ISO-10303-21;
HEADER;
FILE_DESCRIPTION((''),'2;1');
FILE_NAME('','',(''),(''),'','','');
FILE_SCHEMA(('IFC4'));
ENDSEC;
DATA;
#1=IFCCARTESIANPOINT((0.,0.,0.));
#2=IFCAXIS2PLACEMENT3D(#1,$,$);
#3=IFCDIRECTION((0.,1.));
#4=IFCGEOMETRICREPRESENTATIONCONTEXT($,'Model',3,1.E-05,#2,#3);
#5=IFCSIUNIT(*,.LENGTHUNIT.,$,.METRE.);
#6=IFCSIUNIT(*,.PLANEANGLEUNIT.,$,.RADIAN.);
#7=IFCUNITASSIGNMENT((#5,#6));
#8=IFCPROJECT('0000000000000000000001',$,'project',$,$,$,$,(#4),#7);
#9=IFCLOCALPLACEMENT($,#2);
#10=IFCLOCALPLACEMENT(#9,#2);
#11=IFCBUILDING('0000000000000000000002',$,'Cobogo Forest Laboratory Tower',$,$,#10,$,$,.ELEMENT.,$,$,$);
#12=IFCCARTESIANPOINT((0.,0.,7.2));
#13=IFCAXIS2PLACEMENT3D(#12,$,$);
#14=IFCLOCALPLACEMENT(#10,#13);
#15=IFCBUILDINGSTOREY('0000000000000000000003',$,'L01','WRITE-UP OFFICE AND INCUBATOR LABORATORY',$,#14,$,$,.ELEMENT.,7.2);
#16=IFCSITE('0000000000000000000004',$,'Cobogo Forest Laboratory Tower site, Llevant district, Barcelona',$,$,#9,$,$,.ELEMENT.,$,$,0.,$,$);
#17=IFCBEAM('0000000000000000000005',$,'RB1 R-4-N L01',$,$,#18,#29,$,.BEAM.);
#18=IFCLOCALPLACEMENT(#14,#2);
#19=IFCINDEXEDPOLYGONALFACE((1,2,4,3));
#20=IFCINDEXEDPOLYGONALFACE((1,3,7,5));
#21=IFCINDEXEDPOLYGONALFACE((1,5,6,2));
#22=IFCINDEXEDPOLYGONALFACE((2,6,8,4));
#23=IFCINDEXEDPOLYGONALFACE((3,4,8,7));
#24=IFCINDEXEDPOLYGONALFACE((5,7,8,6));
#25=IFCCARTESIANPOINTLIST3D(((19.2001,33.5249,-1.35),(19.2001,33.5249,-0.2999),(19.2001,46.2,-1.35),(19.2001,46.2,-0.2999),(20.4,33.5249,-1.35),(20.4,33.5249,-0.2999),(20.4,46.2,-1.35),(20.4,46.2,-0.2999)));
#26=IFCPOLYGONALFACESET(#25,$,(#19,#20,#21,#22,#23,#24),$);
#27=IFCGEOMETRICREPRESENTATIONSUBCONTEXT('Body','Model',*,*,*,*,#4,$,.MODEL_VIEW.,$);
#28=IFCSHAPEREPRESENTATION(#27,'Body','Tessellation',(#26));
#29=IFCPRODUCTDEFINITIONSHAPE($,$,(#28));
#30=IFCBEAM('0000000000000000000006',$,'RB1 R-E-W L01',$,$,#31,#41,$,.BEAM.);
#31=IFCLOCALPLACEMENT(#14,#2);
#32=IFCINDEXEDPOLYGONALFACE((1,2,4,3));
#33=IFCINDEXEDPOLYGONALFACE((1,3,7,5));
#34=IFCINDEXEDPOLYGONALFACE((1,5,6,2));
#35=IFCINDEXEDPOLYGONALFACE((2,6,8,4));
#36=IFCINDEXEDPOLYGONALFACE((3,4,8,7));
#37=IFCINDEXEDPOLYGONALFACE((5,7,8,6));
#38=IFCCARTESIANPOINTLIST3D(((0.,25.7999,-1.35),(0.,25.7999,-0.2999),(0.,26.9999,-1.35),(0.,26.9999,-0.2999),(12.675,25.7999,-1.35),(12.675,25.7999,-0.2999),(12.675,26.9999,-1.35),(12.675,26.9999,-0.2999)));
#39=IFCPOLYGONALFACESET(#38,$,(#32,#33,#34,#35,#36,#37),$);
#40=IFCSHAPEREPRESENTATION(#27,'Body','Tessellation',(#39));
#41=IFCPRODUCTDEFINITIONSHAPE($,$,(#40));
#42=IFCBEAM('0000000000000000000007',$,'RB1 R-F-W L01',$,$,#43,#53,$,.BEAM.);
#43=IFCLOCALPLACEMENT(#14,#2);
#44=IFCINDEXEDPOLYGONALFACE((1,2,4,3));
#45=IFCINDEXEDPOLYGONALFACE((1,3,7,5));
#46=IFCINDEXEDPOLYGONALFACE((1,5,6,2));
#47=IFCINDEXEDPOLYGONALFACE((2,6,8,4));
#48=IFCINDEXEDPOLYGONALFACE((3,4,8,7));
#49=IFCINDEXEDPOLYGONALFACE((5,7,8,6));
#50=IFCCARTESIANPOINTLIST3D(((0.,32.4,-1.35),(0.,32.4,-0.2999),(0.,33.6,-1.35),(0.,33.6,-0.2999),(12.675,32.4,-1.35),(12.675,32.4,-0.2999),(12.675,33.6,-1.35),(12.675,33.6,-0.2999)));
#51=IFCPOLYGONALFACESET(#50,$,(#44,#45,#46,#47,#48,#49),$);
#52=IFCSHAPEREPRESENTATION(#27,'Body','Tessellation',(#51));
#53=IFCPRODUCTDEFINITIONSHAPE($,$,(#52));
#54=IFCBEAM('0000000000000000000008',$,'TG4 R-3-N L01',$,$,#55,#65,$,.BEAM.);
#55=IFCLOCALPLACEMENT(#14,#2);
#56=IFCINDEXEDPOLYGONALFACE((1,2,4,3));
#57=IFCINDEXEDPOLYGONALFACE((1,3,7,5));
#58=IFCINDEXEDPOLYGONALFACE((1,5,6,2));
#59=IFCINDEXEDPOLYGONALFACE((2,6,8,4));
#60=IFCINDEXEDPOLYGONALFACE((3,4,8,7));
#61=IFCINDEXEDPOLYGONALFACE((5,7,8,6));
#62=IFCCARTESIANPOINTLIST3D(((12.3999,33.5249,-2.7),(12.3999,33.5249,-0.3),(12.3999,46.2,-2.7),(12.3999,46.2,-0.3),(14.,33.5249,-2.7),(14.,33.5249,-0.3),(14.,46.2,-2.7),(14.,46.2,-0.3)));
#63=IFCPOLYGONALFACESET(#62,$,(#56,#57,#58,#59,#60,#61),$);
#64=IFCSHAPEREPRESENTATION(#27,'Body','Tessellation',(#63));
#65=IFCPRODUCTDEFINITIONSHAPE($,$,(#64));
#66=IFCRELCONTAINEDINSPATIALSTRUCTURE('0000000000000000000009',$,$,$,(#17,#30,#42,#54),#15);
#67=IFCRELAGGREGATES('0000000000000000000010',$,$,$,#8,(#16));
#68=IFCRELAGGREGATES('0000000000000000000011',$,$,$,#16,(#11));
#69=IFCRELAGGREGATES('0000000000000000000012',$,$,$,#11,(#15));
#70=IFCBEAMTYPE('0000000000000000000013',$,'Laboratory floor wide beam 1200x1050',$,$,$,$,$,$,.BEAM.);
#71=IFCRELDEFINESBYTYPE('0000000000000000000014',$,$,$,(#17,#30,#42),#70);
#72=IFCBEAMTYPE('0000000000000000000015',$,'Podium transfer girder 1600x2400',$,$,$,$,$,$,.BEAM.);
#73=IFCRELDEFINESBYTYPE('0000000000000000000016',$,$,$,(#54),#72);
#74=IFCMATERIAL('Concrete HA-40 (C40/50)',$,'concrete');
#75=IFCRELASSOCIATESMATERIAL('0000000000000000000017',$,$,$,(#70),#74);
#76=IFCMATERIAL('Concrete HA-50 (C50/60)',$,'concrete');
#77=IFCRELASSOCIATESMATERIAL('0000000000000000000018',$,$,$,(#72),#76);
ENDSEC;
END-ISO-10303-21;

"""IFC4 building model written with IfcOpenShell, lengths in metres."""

from ifc_helpers import new_model, si_unit, direction, frame, origin, origin_2d, place, context, subcontext, project, spatial, rectangle, extrude, material, material_profile, profile_set, type_object, element, save


model = new_model("IFC4")

# Units and contexts
model_context = context("Model", 3, precision=1e-05, world=origin(), true_north=direction((0.0, 1.0)))
body_context = subcontext(model_context, "Body", "Model", "MODEL_VIEW")
ifc_project = project(units=[si_unit("LENGTHUNIT", "METRE"), si_unit("PLANEANGLEUNIT", "RADIAN")], contexts=[model_context])

# Site, building, storey
site_placement = place(None, origin())
site = spatial("IfcSite", under=ifc_project, at=site_placement, Name="Cobogo Forest Laboratory Tower site, Llevant district, Barcelona", CompositionType="ELEMENT", RefElevation=0.0)
building_placement = place(site_placement, origin())
building = spatial("IfcBuilding", under=site, at=building_placement, Name="Cobogo Forest Laboratory Tower", CompositionType="ELEMENT")
storey_placement = place(building_placement, frame((0.0, 0.0, 7.2)))
storey = spatial("IfcBuildingStorey", under=building, at=storey_placement, Name="L01", Description="WRITE-UP OFFICE AND INCUBATOR LABORATORY", CompositionType="ELEMENT", Elevation=7.2)

# Beams
ifc_material_1 = material(Name="Concrete HA-40 (C40/50)", Category="concrete")
ifc_material_profile_1 = material_profile(ifc_material_1, rectangle(XDim=1.2, YDim=1.05, at=origin_2d()), Name="RC 1200x1050")
ifc_profile_set_1 = profile_set([ifc_material_profile_1], Name="Concrete HA-40 (C40/50)")
beam_type_1 = type_object("IfcBeamType", Name="Laboratory floor wide beam 1200x1050", PredefinedType="BEAM", material=ifc_profile_set_1)
for number, where, z_axis, x_axis, name in (
    (1, (19.8, 33.5249, -0.825), (0.0, 1.0, 0.0), (-1.0, 0.0, 0.0), "RB1 R-4-N L01"),
    (2, (12.675, 26.3999, -0.825), (-1.0, 0.0, 0.0), (0.0, -1.0, 0.0), "RB1 R-E-W L01"),
    (3, (12.675, 33.0, -0.825), (-1.0, 0.0, 0.0), (0.0, -1.0, 0.0), "RB1 R-F-W L01"),
):
    element("IfcBeam", number, at=place(storey_placement, frame(where, z_axis=z_axis, x_axis=x_axis)), inside=storey, type_object=beam_type_1, Name=name, PredefinedType="BEAM", context=body_context, shape_type="SweptSolid", body=[
        extrude(rectangle(XDim=1.2, YDim=1.05, at=origin_2d()), origin(), (0.0, 0.0, 1.0), 12.675),
    ])
ifc_material_2 = material(Name="Concrete HA-50 (C50/60)", Category="concrete")
ifc_material_profile_2 = material_profile(ifc_material_2, rectangle(XDim=1.6001, YDim=2.3999, at=origin_2d()), Name="RC 1600x2400")
ifc_profile_set_2 = profile_set([ifc_material_profile_2], Name="Concrete HA-50 (C50/60)")
beam_type_2 = type_object("IfcBeamType", Name="Podium transfer girder 1600x2400", PredefinedType="BEAM", material=ifc_profile_set_2)
beam_placement = place(storey_placement, frame((13.2, 33.5249, -1.5), z_axis=(0.0, 1.0, 0.0), x_axis=(-1.0, 0.0, 0.0)))
element("IfcBeam", 4, at=beam_placement, inside=storey, type_object=beam_type_2, Name="TG4 R-3-N L01", PredefinedType="BEAM", context=body_context, shape_type="SweptSolid", body=[
    extrude(rectangle(XDim=1.6001, YDim=2.3999, at=origin_2d()), origin(), (0.0, 0.0, 1.0), 12.675),
])

save(model, "model.ifc")
